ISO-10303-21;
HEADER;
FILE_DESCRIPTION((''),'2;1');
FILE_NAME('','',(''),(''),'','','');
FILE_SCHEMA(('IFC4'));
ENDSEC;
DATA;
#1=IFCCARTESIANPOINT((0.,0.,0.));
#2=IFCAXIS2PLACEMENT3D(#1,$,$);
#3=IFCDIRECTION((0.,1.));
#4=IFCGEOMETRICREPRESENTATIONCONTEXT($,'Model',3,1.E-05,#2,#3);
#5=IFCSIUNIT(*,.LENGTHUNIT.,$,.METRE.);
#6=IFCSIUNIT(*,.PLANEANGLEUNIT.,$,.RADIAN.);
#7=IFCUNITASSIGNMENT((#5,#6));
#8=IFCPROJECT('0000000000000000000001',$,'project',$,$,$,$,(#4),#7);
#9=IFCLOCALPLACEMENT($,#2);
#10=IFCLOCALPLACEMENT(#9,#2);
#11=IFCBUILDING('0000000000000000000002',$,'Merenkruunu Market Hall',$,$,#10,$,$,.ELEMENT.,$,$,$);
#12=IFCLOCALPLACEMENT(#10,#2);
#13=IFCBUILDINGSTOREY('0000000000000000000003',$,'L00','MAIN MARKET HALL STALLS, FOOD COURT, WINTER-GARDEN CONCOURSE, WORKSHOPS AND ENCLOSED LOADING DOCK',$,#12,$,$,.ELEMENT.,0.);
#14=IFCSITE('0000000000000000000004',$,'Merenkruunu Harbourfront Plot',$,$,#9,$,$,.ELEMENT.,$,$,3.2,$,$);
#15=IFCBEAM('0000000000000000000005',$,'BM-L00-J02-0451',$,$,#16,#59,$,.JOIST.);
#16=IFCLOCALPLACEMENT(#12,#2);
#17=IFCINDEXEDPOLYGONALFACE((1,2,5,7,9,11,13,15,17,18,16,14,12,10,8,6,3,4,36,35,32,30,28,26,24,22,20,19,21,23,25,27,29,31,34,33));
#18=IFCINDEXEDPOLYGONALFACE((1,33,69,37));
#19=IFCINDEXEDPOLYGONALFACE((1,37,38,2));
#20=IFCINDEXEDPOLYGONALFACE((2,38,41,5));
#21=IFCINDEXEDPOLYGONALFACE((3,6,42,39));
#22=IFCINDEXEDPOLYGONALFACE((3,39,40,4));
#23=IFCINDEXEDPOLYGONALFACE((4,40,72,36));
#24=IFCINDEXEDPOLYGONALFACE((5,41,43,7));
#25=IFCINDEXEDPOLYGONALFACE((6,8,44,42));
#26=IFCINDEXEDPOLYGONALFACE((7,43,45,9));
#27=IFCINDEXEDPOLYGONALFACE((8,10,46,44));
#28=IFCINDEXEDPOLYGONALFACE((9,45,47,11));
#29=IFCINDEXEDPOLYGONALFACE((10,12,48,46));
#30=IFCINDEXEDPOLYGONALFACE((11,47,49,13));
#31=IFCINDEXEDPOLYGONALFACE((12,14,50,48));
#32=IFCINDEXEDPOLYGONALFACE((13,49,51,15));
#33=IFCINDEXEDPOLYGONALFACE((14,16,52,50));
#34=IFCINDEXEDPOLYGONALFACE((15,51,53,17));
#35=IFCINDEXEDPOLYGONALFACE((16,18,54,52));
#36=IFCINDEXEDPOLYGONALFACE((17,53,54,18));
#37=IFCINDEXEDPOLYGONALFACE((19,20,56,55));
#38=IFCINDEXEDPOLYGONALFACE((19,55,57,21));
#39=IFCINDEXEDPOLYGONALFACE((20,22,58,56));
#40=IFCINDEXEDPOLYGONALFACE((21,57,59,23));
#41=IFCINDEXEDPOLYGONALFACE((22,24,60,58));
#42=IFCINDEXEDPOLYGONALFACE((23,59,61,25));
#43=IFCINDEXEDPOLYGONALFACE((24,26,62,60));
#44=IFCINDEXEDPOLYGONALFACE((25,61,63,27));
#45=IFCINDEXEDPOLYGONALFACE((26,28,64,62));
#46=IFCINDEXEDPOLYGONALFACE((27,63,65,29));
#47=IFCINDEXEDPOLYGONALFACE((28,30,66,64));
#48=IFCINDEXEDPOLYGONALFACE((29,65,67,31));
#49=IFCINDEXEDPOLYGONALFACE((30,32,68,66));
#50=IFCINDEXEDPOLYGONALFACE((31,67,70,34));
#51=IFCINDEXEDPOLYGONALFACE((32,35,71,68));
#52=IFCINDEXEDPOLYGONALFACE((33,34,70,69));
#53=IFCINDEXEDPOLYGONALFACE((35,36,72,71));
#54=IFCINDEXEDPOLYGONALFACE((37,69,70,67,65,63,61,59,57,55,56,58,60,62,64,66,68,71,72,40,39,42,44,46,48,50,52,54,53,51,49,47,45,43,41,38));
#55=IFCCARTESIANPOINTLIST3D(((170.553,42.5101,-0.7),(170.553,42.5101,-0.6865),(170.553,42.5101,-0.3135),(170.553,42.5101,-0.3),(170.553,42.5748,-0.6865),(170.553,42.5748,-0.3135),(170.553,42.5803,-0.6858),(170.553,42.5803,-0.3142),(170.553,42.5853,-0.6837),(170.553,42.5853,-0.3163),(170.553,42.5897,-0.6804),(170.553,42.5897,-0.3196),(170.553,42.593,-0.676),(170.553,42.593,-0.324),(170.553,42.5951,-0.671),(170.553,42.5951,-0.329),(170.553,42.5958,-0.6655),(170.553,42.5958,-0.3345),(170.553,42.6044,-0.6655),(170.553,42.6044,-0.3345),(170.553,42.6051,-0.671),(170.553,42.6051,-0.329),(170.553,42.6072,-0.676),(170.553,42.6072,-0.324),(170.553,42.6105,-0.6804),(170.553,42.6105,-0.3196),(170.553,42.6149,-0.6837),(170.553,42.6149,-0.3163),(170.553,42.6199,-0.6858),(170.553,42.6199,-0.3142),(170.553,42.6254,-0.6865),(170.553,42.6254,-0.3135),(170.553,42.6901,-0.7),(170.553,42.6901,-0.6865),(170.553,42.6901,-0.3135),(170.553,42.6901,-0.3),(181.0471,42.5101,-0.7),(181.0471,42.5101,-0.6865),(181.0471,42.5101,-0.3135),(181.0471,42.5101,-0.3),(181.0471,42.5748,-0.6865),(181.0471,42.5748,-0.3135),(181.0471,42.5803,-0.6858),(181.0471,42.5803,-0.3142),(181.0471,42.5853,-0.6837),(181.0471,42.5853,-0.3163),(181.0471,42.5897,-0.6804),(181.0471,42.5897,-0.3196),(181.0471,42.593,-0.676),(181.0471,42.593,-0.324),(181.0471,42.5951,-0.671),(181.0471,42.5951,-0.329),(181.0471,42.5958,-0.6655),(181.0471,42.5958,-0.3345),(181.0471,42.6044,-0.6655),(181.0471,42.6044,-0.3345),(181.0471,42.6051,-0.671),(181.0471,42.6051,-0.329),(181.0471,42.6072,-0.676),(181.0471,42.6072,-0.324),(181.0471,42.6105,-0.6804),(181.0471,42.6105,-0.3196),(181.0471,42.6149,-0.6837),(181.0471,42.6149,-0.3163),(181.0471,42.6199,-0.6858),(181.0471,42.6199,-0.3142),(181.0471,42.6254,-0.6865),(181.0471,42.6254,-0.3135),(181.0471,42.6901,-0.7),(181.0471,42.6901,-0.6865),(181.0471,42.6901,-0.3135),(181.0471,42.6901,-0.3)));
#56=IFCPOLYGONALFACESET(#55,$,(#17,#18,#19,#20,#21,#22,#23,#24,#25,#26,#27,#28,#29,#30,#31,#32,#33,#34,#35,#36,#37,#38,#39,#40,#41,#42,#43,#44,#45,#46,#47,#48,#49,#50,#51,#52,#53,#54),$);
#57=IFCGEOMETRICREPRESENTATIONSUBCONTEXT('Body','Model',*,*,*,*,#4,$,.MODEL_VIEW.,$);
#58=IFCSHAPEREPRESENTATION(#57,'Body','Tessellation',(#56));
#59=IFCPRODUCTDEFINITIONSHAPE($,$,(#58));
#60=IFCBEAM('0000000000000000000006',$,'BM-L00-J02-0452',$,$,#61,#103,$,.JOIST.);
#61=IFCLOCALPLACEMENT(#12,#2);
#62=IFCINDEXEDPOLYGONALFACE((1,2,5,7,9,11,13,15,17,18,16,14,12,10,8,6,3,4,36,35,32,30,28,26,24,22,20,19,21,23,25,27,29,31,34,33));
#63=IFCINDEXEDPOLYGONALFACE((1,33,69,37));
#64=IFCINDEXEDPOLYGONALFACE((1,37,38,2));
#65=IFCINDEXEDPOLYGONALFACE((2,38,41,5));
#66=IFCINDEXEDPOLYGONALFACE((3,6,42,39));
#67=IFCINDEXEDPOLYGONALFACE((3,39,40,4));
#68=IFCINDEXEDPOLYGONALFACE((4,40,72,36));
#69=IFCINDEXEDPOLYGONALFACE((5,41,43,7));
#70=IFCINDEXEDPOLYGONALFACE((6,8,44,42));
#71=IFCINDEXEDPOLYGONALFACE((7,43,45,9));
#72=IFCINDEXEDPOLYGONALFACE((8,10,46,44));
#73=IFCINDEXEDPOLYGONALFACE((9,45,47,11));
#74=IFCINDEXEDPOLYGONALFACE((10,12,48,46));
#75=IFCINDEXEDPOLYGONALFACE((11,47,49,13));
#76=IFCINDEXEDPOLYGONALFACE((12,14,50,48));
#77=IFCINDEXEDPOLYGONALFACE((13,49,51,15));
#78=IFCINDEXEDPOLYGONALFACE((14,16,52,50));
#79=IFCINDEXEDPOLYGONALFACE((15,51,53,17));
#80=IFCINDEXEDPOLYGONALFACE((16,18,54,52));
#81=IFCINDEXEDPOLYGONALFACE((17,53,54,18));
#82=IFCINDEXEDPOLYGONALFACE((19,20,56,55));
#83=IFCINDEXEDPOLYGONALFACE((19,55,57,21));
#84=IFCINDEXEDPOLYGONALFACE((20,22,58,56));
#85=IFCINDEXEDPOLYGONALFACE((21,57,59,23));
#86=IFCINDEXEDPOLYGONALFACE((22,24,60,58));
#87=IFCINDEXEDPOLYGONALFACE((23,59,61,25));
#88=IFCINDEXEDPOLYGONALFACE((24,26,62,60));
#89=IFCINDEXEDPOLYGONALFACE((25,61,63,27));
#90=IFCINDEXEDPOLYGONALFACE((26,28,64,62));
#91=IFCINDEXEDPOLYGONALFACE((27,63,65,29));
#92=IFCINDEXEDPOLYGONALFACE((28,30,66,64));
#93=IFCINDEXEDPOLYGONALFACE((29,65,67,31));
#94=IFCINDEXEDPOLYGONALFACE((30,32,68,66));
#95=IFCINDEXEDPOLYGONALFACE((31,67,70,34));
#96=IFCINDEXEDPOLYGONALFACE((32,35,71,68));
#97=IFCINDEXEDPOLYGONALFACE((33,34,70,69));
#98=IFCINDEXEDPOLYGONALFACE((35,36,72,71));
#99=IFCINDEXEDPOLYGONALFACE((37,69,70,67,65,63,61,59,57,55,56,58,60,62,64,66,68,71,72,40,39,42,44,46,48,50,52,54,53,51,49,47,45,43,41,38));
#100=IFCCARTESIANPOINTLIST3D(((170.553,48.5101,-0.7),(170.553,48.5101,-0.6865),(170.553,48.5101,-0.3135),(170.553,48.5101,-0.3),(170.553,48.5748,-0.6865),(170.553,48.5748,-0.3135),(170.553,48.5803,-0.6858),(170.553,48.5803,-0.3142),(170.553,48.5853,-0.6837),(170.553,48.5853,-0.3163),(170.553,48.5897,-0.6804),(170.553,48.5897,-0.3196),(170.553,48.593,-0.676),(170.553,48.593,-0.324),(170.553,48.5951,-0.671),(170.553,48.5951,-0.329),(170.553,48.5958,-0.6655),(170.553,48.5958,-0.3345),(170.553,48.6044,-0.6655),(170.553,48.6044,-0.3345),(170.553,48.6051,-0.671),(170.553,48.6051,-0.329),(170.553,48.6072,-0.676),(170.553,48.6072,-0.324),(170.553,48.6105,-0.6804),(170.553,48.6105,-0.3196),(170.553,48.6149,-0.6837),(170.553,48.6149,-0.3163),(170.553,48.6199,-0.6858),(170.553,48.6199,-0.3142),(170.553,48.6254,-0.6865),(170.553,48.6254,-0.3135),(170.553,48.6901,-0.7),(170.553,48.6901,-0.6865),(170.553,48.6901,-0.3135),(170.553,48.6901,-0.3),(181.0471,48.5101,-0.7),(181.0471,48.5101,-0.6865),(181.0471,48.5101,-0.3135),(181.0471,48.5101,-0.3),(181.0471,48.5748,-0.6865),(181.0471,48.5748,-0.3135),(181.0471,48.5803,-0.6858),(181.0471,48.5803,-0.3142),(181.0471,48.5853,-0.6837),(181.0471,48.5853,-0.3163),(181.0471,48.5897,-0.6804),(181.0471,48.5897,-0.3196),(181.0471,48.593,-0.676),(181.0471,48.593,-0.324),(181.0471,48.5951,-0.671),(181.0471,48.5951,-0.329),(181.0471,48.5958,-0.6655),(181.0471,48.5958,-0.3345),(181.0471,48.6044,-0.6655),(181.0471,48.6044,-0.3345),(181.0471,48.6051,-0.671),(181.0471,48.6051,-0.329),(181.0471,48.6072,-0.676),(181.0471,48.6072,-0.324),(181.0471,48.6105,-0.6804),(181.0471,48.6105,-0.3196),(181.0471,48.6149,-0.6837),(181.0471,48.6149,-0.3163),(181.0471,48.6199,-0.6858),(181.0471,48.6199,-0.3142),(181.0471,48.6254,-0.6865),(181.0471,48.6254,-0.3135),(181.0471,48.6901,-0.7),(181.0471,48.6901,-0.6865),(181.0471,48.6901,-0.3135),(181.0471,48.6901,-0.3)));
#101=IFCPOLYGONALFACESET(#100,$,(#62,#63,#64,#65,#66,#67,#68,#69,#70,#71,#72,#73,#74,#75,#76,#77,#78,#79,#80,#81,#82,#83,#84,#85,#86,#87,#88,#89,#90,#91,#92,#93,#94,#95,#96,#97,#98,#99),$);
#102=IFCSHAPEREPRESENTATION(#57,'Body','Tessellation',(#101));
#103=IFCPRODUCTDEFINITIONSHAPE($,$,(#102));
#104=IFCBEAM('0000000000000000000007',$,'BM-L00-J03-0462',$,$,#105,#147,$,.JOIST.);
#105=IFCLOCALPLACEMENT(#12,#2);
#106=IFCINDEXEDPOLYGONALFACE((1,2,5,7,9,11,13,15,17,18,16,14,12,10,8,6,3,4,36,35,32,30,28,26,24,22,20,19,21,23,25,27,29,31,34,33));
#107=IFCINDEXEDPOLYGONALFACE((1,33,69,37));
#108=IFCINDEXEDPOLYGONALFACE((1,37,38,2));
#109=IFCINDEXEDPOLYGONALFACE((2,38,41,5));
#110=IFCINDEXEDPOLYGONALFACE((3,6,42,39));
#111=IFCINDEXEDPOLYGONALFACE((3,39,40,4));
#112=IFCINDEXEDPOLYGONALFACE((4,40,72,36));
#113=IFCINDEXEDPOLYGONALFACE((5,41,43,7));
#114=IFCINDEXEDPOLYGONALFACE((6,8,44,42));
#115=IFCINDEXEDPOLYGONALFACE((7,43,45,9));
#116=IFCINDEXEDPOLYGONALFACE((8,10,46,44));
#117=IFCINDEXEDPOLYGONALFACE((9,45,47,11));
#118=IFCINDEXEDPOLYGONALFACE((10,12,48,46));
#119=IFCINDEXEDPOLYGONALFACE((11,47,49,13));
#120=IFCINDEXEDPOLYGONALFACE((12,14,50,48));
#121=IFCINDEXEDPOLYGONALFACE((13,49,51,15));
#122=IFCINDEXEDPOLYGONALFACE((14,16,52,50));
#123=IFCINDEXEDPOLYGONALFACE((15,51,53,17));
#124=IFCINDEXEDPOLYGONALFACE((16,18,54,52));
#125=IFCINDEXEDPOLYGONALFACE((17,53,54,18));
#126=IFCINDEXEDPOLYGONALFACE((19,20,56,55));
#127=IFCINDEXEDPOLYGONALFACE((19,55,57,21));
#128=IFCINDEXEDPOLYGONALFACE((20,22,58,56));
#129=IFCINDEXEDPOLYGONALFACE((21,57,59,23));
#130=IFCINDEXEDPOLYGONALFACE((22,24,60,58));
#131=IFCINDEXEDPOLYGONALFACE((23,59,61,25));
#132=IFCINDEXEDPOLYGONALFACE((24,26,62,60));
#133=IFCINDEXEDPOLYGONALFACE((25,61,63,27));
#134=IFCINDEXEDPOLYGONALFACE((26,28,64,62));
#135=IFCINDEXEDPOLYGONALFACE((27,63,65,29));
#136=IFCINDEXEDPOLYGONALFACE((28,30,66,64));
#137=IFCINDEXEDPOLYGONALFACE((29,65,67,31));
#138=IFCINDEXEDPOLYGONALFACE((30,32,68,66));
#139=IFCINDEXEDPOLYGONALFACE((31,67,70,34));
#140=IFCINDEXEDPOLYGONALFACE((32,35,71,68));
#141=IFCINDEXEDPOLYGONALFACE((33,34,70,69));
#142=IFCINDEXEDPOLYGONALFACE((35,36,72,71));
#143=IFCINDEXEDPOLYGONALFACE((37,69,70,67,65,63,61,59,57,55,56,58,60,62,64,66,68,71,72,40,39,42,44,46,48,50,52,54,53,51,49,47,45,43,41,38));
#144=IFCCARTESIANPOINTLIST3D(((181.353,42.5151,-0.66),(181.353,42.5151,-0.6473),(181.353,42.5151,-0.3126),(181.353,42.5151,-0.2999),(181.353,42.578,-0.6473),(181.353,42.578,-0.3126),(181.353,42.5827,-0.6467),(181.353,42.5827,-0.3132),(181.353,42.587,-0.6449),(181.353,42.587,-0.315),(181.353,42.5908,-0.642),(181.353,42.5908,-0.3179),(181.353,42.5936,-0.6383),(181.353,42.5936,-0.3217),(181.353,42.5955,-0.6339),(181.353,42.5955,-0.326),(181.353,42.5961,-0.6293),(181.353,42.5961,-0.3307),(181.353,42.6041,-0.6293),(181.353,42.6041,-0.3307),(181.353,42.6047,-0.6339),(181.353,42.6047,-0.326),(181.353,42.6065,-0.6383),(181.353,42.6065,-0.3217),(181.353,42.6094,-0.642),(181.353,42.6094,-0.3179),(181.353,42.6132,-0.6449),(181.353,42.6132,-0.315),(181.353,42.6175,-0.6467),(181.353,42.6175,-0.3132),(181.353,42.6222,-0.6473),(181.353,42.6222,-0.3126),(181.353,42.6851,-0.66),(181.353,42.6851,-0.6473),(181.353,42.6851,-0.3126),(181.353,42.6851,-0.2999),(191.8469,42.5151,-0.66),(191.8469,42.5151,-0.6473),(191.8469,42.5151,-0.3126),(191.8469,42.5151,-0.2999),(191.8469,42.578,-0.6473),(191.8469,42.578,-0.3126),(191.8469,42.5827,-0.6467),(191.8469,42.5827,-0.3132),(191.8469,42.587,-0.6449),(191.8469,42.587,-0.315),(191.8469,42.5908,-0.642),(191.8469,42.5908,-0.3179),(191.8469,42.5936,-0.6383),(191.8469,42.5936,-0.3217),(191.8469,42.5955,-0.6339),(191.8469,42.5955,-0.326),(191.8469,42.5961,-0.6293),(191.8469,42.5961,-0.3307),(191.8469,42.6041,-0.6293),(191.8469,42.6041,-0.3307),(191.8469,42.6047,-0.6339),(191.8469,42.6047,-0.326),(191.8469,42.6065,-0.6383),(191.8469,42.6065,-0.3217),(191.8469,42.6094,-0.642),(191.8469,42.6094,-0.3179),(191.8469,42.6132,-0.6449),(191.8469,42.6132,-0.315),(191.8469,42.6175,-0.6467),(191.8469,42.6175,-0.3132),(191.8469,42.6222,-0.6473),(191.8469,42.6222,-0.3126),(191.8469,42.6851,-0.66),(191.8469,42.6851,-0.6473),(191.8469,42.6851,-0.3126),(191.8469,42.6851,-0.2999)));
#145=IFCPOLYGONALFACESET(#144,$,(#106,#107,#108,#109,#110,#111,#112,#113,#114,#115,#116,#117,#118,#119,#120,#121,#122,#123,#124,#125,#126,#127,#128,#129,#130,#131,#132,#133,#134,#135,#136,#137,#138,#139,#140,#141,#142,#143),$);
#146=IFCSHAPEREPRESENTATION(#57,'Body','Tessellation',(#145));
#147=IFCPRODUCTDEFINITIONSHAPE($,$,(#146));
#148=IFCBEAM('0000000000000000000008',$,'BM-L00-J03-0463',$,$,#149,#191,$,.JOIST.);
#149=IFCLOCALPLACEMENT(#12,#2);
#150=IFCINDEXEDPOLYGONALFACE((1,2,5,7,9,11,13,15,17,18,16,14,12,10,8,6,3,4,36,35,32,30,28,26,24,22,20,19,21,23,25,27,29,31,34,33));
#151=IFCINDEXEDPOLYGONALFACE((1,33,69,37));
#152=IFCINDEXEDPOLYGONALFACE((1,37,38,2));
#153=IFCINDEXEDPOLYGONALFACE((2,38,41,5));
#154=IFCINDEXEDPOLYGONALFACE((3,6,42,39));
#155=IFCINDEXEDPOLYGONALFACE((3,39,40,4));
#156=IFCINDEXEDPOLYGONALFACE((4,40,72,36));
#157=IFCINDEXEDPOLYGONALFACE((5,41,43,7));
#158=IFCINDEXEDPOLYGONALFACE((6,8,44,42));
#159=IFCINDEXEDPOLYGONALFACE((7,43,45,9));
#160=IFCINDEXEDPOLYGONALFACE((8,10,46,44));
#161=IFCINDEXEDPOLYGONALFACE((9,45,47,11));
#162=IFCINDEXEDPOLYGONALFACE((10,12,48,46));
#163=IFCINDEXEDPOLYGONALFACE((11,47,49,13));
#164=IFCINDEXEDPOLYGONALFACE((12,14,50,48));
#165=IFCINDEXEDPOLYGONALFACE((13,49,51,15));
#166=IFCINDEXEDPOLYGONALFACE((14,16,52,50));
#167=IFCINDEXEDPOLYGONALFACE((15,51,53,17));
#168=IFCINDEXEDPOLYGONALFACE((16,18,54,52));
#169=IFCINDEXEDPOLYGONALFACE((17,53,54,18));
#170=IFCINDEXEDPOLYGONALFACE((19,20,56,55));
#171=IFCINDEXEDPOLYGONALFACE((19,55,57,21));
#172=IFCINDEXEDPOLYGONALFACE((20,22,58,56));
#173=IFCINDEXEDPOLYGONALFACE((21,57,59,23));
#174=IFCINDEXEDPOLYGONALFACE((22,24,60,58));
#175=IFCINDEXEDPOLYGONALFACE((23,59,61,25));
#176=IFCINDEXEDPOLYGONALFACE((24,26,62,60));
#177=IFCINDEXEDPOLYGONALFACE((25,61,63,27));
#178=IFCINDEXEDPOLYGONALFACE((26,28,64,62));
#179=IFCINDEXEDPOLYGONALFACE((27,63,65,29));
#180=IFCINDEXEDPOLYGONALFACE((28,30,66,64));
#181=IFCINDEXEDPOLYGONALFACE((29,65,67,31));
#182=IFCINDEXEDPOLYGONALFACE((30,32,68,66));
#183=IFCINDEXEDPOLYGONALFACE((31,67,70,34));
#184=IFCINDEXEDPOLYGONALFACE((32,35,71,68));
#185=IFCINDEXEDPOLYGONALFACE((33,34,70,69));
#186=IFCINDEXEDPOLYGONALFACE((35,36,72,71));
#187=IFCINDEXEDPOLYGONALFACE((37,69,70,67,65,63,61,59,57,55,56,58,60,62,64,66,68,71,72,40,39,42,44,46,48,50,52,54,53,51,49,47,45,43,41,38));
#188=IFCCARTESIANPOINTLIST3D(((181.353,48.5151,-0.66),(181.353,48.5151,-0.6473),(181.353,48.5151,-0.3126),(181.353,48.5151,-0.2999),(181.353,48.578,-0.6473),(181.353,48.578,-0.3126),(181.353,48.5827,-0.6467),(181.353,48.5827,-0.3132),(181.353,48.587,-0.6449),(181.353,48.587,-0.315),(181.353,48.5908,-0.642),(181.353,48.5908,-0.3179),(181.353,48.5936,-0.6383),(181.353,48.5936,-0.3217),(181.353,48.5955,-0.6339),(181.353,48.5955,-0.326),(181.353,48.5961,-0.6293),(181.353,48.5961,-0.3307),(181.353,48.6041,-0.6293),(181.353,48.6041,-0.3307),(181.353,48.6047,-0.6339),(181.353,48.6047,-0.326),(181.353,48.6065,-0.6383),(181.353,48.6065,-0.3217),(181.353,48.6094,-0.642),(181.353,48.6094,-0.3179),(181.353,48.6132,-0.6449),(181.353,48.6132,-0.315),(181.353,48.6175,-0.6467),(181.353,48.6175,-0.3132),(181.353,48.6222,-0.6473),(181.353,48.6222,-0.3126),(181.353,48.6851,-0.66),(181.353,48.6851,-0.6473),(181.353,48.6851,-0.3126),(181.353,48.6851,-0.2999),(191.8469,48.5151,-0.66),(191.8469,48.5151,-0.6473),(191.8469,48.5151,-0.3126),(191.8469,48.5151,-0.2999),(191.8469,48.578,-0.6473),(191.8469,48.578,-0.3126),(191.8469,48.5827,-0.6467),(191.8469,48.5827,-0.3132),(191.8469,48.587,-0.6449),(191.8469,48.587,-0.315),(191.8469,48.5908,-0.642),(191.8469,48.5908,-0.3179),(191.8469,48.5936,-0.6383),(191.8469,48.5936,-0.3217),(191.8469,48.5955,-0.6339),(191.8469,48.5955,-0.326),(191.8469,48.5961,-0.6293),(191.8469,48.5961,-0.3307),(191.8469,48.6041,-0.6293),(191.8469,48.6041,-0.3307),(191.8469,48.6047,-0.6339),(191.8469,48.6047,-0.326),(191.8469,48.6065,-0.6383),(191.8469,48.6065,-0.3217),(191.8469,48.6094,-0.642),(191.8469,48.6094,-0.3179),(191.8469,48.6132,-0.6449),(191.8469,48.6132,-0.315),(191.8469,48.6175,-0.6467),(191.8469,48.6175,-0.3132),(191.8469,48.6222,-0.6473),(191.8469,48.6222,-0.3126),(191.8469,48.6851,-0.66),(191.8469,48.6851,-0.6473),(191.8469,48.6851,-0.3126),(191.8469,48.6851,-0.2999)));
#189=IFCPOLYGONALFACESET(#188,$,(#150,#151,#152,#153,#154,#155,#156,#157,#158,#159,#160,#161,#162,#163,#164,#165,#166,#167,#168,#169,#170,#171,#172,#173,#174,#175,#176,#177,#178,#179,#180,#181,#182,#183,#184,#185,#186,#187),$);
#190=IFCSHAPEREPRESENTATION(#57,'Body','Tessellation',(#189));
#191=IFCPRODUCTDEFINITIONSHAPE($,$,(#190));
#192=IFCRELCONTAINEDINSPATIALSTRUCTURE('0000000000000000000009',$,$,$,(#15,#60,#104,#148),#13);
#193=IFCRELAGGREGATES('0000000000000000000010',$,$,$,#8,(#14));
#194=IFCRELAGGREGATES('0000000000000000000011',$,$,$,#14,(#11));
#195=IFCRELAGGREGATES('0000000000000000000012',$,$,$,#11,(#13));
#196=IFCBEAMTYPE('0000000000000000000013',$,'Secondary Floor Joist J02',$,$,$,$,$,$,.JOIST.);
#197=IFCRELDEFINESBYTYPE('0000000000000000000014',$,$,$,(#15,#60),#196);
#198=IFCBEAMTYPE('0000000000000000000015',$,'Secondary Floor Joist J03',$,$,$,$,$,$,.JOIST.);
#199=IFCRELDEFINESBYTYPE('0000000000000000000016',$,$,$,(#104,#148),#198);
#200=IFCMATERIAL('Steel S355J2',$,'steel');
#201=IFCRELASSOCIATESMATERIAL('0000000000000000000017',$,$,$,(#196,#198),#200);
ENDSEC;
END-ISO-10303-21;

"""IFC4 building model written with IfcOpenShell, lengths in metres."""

from ifc_helpers import new_model, si_unit, direction, frame, origin, origin_2d, place, context, subcontext, project, spatial, i_section, extrude, material, material_profile, profile_set, type_object, element, save


model = new_model("IFC4")

# Units and contexts
model_context = context("Model", 3, precision=1e-05, world=origin(), true_north=direction((0.0, 1.0)))
body_context = subcontext(model_context, "Body", "Model", "MODEL_VIEW")
ifc_project = project(units=[si_unit("LENGTHUNIT", "METRE"), si_unit("PLANEANGLEUNIT", "RADIAN")], contexts=[model_context])

# Site, building, storey
site_placement = place(None, origin())
site = spatial("IfcSite", under=ifc_project, at=site_placement, Name="Merenkruunu Harbourfront Plot", CompositionType="ELEMENT", RefElevation=3.2)
building_placement = place(site_placement, origin())
building = spatial("IfcBuilding", under=site, at=building_placement, Name="Merenkruunu Market Hall", CompositionType="ELEMENT")
storey_placement = place(building_placement, origin())
storey = spatial("IfcBuildingStorey", under=building, at=storey_placement, Name="L00", Description="MAIN MARKET HALL STALLS, FOOD COURT, WINTER-GARDEN CONCOURSE, WORKSHOPS AND ENCLOSED LOADING DOCK", CompositionType="ELEMENT", Elevation=0.0)

# Shared definitions
ifc_material_1 = material(Name="Steel S355J2", Category="steel")

# Beams
ifc_material_profile_1 = material_profile(ifc_material_1, i_section(OverallWidth=0.1799, OverallDepth=0.3999, WebThickness=0.0085, FlangeThickness=0.0134, FilletRadius=0.021, at=origin_2d()), Name="IPE 400")
ifc_profile_set_1 = profile_set([ifc_material_profile_1], Name="Steel S355J2")
beam_type_1 = type_object("IfcBeamType", Name="Secondary Floor Joist J02", PredefinedType="JOIST", material=ifc_profile_set_1)
for number, where, z_axis, x_axis, name in (
    (1, (170.553, 42.6001, -0.5), (1.0, 0.0, 0.0), (0.0, 1.0, 0.0), "BM-L00-J02-0451"),
    (2, (170.553, 48.6001, -0.5), (1.0, 0.0, 0.0), (0.0, 1.0, 0.0), "BM-L00-J02-0452"),
):
    element("IfcBeam", number, at=place(storey_placement, frame(where, z_axis=z_axis, x_axis=x_axis)), inside=storey, type_object=beam_type_1, Name=name, PredefinedType="JOIST", context=body_context, shape_type="SweptSolid", body=[
        extrude(i_section(OverallWidth=0.1799, OverallDepth=0.3999, WebThickness=0.0085, FlangeThickness=0.0134, FilletRadius=0.021, at=origin_2d()), origin(), (0.0, 0.0, 1.0), 10.4941),
    ])
ifc_material_profile_2 = material_profile(ifc_material_1, i_section(OverallWidth=0.1699, OverallDepth=0.3601, WebThickness=0.0081, FlangeThickness=0.0127, FilletRadius=0.0181, at=origin_2d()), Name="IPE 360")
ifc_profile_set_2 = profile_set([ifc_material_profile_2], Name="Steel S355J2")
beam_type_2 = type_object("IfcBeamType", Name="Secondary Floor Joist J03", PredefinedType="JOIST", material=ifc_profile_set_2)
for number, where, z_axis, x_axis, name in (
    (3, (181.353, 42.6001, -0.48), (1.0, 0.0, 0.0), (0.0, 1.0, 0.0), "BM-L00-J03-0462"),
    (4, (181.353, 48.6001, -0.48), (1.0, 0.0, 0.0), (0.0, 1.0, 0.0), "BM-L00-J03-0463"),
):
    element("IfcBeam", number, at=place(storey_placement, frame(where, z_axis=z_axis, x_axis=x_axis)), inside=storey, type_object=beam_type_2, Name=name, PredefinedType="JOIST", context=body_context, shape_type="SweptSolid", body=[
        extrude(i_section(OverallWidth=0.1699, OverallDepth=0.3601, WebThickness=0.0081, FlangeThickness=0.0127, FilletRadius=0.0181, at=origin_2d()), origin(), (0.0, 0.0, 1.0), 10.4939),
    ])

save(model, "model.ifc")
